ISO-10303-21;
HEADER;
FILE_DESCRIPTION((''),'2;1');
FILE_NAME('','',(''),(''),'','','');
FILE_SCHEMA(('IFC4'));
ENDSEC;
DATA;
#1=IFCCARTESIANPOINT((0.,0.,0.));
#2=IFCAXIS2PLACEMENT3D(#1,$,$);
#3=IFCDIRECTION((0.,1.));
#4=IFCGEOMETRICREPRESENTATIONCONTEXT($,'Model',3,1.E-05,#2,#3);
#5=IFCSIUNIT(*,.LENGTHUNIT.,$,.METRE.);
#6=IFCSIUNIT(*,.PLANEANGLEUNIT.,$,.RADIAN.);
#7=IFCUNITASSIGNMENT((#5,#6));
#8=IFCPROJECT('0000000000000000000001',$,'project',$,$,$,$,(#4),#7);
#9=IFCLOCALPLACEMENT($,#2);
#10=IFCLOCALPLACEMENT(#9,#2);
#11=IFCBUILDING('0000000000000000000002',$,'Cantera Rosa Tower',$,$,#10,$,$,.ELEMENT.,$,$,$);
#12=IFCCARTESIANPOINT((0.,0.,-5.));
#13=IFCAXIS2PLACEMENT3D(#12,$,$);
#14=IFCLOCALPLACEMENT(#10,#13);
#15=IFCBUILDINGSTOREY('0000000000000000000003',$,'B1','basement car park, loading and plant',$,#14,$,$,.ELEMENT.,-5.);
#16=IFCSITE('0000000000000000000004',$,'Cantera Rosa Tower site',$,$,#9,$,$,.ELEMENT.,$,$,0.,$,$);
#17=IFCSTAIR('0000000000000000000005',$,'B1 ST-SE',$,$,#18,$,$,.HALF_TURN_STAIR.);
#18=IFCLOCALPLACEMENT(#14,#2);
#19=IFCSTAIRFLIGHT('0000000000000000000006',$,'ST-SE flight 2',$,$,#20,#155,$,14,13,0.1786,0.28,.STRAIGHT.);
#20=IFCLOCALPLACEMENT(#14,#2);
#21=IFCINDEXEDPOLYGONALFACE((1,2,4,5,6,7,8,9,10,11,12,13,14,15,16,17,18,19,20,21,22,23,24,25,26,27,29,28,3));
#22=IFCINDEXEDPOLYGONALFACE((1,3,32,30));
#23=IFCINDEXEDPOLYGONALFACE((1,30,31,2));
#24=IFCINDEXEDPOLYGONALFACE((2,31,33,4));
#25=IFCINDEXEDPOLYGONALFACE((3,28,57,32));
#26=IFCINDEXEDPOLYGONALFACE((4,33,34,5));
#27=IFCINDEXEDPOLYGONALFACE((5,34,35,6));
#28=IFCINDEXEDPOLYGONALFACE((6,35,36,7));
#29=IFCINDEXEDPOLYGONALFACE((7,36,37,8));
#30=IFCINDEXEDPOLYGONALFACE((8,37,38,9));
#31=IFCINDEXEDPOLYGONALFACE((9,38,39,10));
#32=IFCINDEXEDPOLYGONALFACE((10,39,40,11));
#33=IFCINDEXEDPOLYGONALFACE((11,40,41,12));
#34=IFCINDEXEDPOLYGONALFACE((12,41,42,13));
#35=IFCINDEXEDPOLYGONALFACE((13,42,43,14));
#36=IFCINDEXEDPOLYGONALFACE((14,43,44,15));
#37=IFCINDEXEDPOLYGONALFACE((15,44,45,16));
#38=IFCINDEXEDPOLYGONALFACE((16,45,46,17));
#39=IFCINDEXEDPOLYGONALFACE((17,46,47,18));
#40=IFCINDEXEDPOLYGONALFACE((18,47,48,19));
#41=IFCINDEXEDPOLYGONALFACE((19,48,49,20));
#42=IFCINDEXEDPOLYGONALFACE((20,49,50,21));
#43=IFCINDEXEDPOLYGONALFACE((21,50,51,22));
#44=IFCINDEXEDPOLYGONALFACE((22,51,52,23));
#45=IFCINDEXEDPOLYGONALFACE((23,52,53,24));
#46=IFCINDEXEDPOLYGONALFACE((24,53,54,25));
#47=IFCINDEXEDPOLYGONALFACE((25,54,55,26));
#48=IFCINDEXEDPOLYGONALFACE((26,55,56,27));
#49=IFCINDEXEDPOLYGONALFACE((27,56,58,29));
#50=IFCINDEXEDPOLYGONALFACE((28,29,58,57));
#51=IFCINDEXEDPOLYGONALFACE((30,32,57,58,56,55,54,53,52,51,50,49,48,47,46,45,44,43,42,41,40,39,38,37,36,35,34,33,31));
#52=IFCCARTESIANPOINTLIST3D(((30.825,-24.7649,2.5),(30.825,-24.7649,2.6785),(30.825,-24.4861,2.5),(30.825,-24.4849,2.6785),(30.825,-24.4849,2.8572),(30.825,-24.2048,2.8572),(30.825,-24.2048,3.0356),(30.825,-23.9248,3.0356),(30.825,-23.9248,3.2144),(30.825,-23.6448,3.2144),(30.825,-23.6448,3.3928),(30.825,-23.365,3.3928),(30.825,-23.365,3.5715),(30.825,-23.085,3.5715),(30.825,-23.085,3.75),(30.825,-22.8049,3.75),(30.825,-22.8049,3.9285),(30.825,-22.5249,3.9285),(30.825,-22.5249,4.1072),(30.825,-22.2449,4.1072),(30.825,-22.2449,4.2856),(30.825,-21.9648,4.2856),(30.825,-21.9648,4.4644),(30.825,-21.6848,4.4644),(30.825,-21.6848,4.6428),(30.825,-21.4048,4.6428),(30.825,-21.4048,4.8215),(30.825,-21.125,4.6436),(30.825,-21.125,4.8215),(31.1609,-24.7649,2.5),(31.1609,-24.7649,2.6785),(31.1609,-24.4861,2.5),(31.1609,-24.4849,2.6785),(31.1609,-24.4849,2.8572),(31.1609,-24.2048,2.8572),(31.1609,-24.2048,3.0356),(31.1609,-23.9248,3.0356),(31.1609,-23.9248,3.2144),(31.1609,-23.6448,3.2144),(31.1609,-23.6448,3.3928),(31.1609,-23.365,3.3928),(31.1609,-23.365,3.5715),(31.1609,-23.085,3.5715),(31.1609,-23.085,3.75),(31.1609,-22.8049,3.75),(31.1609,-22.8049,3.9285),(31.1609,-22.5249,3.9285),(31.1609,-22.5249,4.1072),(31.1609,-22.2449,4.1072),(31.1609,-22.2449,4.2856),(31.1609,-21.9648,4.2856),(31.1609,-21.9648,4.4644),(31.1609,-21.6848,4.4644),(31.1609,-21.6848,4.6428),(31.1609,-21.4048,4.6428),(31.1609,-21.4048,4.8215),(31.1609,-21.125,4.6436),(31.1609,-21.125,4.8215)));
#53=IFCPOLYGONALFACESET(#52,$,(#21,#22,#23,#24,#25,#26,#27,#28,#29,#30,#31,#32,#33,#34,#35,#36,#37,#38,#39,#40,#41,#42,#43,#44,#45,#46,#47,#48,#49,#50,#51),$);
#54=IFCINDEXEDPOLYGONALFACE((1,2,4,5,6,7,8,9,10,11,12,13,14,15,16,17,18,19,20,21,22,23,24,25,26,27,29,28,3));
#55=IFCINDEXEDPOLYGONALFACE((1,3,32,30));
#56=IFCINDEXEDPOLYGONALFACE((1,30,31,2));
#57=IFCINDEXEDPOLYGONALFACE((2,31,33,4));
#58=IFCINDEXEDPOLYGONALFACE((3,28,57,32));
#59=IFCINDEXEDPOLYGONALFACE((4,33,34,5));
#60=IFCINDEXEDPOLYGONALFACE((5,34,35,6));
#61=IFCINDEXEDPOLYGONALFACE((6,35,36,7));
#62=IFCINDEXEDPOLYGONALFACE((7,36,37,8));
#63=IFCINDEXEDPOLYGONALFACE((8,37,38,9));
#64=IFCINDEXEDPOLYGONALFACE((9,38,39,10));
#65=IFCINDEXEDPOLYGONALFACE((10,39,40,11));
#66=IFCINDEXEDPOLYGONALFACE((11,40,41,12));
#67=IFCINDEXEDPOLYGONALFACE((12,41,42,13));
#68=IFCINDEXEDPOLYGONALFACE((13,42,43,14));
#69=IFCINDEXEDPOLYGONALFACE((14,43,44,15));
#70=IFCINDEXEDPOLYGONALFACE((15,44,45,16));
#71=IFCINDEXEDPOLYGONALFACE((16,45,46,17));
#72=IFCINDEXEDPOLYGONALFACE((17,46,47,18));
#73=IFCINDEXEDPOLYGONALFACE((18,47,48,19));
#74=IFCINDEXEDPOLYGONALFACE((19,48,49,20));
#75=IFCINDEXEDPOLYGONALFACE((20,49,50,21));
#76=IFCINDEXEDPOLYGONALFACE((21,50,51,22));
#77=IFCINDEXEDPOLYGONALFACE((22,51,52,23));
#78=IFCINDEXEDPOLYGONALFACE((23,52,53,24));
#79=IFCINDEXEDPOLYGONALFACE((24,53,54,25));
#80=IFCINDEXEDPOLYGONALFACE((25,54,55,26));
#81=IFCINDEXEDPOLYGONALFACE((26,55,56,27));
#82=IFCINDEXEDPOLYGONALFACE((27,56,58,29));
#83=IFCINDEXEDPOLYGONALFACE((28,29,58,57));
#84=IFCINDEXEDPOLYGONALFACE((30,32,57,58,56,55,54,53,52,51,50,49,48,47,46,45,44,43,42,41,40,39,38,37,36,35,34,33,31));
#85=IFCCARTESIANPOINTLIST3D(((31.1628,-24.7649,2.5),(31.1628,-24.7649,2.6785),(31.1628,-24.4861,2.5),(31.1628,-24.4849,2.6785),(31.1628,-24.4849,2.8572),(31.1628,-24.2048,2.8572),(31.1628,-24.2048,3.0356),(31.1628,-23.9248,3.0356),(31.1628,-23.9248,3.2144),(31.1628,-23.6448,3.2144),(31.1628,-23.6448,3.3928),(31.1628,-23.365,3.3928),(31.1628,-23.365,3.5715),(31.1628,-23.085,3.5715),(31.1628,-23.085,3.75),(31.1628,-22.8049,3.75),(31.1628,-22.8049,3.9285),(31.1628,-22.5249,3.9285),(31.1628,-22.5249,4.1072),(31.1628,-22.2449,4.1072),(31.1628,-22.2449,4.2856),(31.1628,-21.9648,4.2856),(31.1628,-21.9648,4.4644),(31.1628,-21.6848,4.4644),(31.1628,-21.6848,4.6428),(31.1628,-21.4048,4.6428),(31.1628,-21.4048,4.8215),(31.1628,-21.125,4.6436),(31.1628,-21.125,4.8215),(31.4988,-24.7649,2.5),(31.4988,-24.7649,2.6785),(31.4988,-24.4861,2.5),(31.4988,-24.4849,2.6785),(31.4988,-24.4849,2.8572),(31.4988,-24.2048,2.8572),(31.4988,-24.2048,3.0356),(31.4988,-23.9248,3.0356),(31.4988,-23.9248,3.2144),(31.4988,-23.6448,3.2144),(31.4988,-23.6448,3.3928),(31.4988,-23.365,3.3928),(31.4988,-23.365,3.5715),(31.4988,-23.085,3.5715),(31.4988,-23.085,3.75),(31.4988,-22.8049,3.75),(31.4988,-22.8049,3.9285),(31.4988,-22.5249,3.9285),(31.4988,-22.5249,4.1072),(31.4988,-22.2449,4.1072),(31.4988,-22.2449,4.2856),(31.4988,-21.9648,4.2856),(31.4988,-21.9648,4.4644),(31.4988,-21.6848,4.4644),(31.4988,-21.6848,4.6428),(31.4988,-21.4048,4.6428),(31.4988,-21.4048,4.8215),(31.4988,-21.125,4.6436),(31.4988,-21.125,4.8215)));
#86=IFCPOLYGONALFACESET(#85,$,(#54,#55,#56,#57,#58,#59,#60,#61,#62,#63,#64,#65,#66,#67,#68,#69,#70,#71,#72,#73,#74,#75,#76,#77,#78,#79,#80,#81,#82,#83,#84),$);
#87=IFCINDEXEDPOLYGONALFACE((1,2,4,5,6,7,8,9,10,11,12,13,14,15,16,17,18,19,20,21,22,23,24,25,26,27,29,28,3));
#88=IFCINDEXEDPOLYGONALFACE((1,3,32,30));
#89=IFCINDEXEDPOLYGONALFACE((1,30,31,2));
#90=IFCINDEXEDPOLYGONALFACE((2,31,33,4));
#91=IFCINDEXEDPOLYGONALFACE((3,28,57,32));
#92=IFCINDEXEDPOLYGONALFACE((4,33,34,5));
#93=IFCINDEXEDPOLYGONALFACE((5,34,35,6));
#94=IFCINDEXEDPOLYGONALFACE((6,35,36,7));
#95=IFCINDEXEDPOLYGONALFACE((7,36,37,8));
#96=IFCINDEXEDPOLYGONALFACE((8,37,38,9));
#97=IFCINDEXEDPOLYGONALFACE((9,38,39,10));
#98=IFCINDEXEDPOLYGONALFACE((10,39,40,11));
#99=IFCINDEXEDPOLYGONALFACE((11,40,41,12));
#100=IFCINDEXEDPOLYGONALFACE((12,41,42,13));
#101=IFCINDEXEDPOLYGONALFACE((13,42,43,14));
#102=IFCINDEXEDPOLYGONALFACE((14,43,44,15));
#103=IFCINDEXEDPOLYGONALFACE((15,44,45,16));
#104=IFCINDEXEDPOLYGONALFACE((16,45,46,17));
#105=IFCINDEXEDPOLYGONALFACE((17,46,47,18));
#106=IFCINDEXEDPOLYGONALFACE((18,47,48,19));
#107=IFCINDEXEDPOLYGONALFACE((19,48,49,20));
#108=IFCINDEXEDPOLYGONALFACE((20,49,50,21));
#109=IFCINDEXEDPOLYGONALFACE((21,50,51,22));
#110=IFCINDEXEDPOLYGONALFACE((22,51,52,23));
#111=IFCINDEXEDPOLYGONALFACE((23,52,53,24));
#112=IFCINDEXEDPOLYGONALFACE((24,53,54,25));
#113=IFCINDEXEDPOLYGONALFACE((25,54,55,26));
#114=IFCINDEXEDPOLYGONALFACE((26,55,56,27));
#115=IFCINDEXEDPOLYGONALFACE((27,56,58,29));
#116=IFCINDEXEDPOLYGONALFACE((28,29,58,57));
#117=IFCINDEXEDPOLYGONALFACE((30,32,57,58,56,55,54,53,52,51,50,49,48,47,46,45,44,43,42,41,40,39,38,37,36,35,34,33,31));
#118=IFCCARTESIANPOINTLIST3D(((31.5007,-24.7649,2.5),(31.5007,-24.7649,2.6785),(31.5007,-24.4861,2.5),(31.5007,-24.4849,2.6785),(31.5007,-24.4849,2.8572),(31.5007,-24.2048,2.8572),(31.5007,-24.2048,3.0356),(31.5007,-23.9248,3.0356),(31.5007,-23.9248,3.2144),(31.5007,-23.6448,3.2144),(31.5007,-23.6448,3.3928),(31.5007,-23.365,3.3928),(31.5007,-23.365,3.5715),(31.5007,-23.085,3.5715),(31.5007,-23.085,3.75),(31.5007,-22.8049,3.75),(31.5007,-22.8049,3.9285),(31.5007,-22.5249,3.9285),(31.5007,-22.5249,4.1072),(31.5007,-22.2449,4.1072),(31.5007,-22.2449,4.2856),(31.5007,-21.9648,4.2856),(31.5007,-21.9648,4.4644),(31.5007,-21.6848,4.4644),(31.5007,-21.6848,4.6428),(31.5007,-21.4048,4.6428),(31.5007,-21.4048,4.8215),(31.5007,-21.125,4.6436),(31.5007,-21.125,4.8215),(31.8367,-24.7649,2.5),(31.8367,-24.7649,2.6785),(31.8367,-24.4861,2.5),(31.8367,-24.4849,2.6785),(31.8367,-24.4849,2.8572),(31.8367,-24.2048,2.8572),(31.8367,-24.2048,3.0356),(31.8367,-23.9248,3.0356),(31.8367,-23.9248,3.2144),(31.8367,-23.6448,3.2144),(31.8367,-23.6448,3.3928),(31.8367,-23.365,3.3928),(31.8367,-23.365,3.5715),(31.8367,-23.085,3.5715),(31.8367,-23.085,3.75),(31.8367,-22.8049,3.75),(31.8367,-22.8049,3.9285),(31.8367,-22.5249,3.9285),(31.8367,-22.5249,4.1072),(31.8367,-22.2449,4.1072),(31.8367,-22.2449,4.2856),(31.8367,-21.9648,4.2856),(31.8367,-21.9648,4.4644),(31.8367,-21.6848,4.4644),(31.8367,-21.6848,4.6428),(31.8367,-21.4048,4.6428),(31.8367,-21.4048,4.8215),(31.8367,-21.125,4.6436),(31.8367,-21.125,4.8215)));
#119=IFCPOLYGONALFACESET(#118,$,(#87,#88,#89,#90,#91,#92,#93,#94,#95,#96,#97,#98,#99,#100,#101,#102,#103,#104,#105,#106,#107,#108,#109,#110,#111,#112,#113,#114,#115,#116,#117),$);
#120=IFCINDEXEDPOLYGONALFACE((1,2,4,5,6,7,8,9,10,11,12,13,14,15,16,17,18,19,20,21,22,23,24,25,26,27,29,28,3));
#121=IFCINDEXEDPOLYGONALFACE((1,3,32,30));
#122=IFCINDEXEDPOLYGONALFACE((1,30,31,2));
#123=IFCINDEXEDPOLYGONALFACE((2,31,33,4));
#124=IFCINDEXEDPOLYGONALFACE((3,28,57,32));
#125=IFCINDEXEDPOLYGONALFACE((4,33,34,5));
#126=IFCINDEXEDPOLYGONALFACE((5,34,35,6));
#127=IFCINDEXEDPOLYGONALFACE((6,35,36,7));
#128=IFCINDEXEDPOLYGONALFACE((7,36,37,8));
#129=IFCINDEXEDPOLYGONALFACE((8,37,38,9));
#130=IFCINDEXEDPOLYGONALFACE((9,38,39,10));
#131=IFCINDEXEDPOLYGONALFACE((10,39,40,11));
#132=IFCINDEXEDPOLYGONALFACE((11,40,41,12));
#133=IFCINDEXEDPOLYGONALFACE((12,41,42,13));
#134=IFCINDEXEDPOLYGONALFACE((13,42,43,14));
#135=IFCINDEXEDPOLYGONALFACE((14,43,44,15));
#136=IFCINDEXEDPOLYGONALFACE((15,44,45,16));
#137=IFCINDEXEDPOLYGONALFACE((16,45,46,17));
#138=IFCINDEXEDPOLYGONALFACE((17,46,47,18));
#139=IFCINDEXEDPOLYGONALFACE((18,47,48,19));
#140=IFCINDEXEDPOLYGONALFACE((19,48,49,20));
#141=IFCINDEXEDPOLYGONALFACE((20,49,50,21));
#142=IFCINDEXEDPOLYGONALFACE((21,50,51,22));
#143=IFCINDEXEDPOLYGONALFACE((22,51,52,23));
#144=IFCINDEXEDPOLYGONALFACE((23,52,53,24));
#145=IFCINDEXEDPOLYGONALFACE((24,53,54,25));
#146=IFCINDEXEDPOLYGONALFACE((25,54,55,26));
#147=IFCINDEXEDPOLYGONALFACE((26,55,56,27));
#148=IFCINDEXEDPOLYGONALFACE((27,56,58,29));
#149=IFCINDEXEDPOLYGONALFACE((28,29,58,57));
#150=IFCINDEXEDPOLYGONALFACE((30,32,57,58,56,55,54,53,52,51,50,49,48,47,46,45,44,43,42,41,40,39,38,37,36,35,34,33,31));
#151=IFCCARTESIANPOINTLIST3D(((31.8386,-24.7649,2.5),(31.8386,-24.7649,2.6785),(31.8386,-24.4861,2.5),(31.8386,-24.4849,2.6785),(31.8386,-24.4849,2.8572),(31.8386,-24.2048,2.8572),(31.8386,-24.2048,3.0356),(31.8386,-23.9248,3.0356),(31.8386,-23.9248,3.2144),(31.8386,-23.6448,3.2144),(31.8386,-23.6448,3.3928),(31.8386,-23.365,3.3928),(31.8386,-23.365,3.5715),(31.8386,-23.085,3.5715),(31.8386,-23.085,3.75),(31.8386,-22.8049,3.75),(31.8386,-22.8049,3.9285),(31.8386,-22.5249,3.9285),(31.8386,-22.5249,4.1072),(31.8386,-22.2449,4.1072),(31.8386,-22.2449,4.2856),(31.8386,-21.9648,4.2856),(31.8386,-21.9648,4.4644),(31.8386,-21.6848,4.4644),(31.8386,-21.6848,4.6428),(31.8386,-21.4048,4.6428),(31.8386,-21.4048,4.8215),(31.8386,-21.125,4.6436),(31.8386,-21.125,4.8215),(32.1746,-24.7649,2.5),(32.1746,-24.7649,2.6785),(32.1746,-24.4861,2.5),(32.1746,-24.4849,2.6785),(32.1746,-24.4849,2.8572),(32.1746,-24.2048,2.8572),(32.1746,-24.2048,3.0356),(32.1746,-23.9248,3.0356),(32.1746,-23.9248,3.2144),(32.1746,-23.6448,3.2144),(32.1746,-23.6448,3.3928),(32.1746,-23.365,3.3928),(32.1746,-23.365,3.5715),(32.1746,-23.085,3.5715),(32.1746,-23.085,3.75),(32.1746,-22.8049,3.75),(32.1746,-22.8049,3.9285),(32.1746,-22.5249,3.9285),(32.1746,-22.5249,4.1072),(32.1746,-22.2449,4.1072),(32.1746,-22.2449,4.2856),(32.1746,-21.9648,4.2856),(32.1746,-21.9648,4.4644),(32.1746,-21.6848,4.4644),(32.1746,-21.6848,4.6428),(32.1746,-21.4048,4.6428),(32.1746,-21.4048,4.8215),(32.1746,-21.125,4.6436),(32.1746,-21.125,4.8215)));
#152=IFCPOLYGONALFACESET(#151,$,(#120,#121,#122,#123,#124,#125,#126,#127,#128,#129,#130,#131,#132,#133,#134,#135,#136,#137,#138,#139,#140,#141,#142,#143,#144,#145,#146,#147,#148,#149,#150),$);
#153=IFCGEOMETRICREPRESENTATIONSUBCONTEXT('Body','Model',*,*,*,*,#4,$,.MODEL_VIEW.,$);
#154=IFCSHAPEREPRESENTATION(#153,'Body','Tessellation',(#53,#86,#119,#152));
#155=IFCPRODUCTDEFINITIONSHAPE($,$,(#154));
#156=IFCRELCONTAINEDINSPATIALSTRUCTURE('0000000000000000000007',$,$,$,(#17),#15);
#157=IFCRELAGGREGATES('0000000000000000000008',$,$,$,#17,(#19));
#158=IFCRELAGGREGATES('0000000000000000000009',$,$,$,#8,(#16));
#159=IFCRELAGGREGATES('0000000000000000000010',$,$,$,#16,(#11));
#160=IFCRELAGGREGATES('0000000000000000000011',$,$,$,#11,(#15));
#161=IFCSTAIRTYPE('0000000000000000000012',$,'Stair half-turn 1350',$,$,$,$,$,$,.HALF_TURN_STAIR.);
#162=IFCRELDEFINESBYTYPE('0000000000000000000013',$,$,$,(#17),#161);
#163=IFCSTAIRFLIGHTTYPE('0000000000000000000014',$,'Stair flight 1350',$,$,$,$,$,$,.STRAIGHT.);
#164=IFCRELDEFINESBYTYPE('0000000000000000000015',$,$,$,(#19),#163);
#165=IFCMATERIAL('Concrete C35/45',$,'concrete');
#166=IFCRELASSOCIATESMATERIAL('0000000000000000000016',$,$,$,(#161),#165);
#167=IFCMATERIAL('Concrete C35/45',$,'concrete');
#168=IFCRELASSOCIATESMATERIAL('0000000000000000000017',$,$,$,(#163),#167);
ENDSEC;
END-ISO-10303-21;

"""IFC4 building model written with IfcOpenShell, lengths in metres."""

from ifc_helpers import new_model, si_unit, direction, frame, origin, place, context, subcontext, project, spatial, polyline, outline, extrude, material, type_object, element, aggregate, save


model = new_model("IFC4")

# Units and contexts
model_context = context("Model", 3, precision=1e-05, world=origin(), true_north=direction((0.0, 1.0)))
body_context = subcontext(model_context, "Body", "Model", "MODEL_VIEW")
ifc_project = project(units=[si_unit("LENGTHUNIT", "METRE"), si_unit("PLANEANGLEUNIT", "RADIAN")], contexts=[model_context])

# Site, building, storey
site_placement = place(None, origin())
site = spatial("IfcSite", under=ifc_project, at=site_placement, Name="Cantera Rosa Tower site", CompositionType="ELEMENT", RefElevation=0.0)
building_placement = place(site_placement, origin())
building = spatial("IfcBuilding", under=site, at=building_placement, Name="Cantera Rosa Tower", CompositionType="ELEMENT")
storey_placement = place(building_placement, frame((0.0, 0.0, -5.0)))
storey = spatial("IfcBuildingStorey", under=building, at=storey_placement, Name="B1", Description="basement car park, loading and plant", CompositionType="ELEMENT", Elevation=-5.0)

# Stair, stair flight
ifc_material_1 = material(Name="Concrete C35/45", Category="concrete")
stair_type = type_object("IfcStairType", Name="Stair half-turn 1350", PredefinedType="HALF_TURN_STAIR", material=ifc_material_1)
stair_placement = place(storey_placement, origin())
stair = element("IfcStair", 1, at=stair_placement, inside=storey, type_object=stair_type, Name="B1 ST-SE", PredefinedType="HALF_TURN_STAIR")
ifc_material_2 = material(Name="Concrete C35/45", Category="concrete")
stair_flight_type = type_object("IfcStairFlightType", Name="Stair flight 1350", PredefinedType="STRAIGHT", material=ifc_material_2)
stair_flight_1_placement = place(storey_placement, frame((31.5, -24.7649, 2.5), z_axis=(0.0, 0.0, 1.0), x_axis=(0.0, 1.0, 0.0)))
stair_flight_1 = element("IfcStairFlight", 2, at=stair_flight_1_placement, type_object=stair_flight_type, Name="ST-SE flight 2", NumberOfRisers=14, NumberOfTreads=13, PredefinedType="STRAIGHT", RiserHeight=0.1786, TreadLength=0.28, context=body_context, shape_type="SweptSolid", body=[
    extrude(outline(polyline([(0.0, 0.0), (0.0, 0.1785), (0.28, 0.1785), (0.28, 0.3572), (0.5601, 0.3572), (0.5601, 0.5356), (0.8401, 0.5356), (0.8401, 0.7144), (1.1201, 0.7144), (1.1201, 0.8928), (1.3999, 0.8928), (1.3999, 1.0715), (1.6799, 1.0715), (1.6799, 1.25), (1.96, 1.25), (1.96, 1.4285), (2.24, 1.4285), (2.24, 1.6072), (2.52, 1.6072), (2.52, 1.7856), (2.8, 1.7856), (2.8, 1.9644), (3.0801, 1.9644), (3.0801, 2.1428), (3.3601, 2.1428), (3.3601, 2.3215), (3.6399, 2.3215), (3.6399, 2.5), (3.6399, 2.1436), (0.2788, 0.0), (0.0, 0.0)])), frame((0.0, 0.675, 0.0), z_axis=(0.0, -1.0, 0.0), x_axis=(1.0, 0.0, 0.0)), (0.0, 0.0, 1.0), 0.3359),
    extrude(outline(polyline([(0.0, 0.0), (0.0, 0.1785), (0.28, 0.1785), (0.28, 0.3572), (0.5601, 0.3572), (0.5601, 0.5356), (0.8401, 0.5356), (0.8401, 0.7144), (1.1201, 0.7144), (1.1201, 0.8928), (1.3999, 0.8928), (1.3999, 1.0715), (1.6799, 1.0715), (1.6799, 1.25), (1.96, 1.25), (1.96, 1.4285), (2.24, 1.4285), (2.24, 1.6072), (2.52, 1.6072), (2.52, 1.7856), (2.8, 1.7856), (2.8, 1.9644), (3.0801, 1.9644), (3.0801, 2.1428), (3.3601, 2.1428), (3.3601, 2.3215), (3.6399, 2.3215), (3.6399, 2.5), (3.6399, 2.1436), (0.2788, 0.0), (0.0, 0.0)])), frame((0.0, 0.3372, 0.0), z_axis=(0.0, -1.0, 0.0), x_axis=(1.0, 0.0, 0.0)), (0.0, 0.0, 1.0), 0.3359),
    extrude(outline(polyline([(0.0, 0.0), (0.0, 0.1785), (0.28, 0.1785), (0.28, 0.3572), (0.5601, 0.3572), (0.5601, 0.5356), (0.8401, 0.5356), (0.8401, 0.7144), (1.1201, 0.7144), (1.1201, 0.8928), (1.3999, 0.8928), (1.3999, 1.0715), (1.6799, 1.0715), (1.6799, 1.25), (1.96, 1.25), (1.96, 1.4285), (2.24, 1.4285), (2.24, 1.6072), (2.52, 1.6072), (2.52, 1.7856), (2.8, 1.7856), (2.8, 1.9644), (3.0801, 1.9644), (3.0801, 2.1428), (3.3601, 2.1428), (3.3601, 2.3215), (3.6399, 2.3215), (3.6399, 2.5), (3.6399, 2.1436), (0.2788, 0.0), (0.0, 0.0)])), frame((0.0, -0.0007, 0.0), z_axis=(0.0, -1.0, 0.0), x_axis=(1.0, 0.0, 0.0)), (0.0, 0.0, 1.0), 0.3359),
    extrude(outline(polyline([(0.0, 0.0), (0.0, 0.1785), (0.28, 0.1785), (0.28, 0.3572), (0.5601, 0.3572), (0.5601, 0.5356), (0.8401, 0.5356), (0.8401, 0.7144), (1.1201, 0.7144), (1.1201, 0.8928), (1.3999, 0.8928), (1.3999, 1.0715), (1.6799, 1.0715), (1.6799, 1.25), (1.96, 1.25), (1.96, 1.4285), (2.24, 1.4285), (2.24, 1.6072), (2.52, 1.6072), (2.52, 1.7856), (2.8, 1.7856), (2.8, 1.9644), (3.0801, 1.9644), (3.0801, 2.1428), (3.3601, 2.1428), (3.3601, 2.3215), (3.6399, 2.3215), (3.6399, 2.5), (3.6399, 2.1436), (0.2788, 0.0), (0.0, 0.0)])), frame((0.0, -0.3386, 0.0), z_axis=(0.0, -1.0, 0.0), x_axis=(1.0, 0.0, 0.0)), (0.0, 0.0, 1.0), 0.3359),
])
aggregate(stair, [stair_flight_1])

save(model, "model.ifc")
